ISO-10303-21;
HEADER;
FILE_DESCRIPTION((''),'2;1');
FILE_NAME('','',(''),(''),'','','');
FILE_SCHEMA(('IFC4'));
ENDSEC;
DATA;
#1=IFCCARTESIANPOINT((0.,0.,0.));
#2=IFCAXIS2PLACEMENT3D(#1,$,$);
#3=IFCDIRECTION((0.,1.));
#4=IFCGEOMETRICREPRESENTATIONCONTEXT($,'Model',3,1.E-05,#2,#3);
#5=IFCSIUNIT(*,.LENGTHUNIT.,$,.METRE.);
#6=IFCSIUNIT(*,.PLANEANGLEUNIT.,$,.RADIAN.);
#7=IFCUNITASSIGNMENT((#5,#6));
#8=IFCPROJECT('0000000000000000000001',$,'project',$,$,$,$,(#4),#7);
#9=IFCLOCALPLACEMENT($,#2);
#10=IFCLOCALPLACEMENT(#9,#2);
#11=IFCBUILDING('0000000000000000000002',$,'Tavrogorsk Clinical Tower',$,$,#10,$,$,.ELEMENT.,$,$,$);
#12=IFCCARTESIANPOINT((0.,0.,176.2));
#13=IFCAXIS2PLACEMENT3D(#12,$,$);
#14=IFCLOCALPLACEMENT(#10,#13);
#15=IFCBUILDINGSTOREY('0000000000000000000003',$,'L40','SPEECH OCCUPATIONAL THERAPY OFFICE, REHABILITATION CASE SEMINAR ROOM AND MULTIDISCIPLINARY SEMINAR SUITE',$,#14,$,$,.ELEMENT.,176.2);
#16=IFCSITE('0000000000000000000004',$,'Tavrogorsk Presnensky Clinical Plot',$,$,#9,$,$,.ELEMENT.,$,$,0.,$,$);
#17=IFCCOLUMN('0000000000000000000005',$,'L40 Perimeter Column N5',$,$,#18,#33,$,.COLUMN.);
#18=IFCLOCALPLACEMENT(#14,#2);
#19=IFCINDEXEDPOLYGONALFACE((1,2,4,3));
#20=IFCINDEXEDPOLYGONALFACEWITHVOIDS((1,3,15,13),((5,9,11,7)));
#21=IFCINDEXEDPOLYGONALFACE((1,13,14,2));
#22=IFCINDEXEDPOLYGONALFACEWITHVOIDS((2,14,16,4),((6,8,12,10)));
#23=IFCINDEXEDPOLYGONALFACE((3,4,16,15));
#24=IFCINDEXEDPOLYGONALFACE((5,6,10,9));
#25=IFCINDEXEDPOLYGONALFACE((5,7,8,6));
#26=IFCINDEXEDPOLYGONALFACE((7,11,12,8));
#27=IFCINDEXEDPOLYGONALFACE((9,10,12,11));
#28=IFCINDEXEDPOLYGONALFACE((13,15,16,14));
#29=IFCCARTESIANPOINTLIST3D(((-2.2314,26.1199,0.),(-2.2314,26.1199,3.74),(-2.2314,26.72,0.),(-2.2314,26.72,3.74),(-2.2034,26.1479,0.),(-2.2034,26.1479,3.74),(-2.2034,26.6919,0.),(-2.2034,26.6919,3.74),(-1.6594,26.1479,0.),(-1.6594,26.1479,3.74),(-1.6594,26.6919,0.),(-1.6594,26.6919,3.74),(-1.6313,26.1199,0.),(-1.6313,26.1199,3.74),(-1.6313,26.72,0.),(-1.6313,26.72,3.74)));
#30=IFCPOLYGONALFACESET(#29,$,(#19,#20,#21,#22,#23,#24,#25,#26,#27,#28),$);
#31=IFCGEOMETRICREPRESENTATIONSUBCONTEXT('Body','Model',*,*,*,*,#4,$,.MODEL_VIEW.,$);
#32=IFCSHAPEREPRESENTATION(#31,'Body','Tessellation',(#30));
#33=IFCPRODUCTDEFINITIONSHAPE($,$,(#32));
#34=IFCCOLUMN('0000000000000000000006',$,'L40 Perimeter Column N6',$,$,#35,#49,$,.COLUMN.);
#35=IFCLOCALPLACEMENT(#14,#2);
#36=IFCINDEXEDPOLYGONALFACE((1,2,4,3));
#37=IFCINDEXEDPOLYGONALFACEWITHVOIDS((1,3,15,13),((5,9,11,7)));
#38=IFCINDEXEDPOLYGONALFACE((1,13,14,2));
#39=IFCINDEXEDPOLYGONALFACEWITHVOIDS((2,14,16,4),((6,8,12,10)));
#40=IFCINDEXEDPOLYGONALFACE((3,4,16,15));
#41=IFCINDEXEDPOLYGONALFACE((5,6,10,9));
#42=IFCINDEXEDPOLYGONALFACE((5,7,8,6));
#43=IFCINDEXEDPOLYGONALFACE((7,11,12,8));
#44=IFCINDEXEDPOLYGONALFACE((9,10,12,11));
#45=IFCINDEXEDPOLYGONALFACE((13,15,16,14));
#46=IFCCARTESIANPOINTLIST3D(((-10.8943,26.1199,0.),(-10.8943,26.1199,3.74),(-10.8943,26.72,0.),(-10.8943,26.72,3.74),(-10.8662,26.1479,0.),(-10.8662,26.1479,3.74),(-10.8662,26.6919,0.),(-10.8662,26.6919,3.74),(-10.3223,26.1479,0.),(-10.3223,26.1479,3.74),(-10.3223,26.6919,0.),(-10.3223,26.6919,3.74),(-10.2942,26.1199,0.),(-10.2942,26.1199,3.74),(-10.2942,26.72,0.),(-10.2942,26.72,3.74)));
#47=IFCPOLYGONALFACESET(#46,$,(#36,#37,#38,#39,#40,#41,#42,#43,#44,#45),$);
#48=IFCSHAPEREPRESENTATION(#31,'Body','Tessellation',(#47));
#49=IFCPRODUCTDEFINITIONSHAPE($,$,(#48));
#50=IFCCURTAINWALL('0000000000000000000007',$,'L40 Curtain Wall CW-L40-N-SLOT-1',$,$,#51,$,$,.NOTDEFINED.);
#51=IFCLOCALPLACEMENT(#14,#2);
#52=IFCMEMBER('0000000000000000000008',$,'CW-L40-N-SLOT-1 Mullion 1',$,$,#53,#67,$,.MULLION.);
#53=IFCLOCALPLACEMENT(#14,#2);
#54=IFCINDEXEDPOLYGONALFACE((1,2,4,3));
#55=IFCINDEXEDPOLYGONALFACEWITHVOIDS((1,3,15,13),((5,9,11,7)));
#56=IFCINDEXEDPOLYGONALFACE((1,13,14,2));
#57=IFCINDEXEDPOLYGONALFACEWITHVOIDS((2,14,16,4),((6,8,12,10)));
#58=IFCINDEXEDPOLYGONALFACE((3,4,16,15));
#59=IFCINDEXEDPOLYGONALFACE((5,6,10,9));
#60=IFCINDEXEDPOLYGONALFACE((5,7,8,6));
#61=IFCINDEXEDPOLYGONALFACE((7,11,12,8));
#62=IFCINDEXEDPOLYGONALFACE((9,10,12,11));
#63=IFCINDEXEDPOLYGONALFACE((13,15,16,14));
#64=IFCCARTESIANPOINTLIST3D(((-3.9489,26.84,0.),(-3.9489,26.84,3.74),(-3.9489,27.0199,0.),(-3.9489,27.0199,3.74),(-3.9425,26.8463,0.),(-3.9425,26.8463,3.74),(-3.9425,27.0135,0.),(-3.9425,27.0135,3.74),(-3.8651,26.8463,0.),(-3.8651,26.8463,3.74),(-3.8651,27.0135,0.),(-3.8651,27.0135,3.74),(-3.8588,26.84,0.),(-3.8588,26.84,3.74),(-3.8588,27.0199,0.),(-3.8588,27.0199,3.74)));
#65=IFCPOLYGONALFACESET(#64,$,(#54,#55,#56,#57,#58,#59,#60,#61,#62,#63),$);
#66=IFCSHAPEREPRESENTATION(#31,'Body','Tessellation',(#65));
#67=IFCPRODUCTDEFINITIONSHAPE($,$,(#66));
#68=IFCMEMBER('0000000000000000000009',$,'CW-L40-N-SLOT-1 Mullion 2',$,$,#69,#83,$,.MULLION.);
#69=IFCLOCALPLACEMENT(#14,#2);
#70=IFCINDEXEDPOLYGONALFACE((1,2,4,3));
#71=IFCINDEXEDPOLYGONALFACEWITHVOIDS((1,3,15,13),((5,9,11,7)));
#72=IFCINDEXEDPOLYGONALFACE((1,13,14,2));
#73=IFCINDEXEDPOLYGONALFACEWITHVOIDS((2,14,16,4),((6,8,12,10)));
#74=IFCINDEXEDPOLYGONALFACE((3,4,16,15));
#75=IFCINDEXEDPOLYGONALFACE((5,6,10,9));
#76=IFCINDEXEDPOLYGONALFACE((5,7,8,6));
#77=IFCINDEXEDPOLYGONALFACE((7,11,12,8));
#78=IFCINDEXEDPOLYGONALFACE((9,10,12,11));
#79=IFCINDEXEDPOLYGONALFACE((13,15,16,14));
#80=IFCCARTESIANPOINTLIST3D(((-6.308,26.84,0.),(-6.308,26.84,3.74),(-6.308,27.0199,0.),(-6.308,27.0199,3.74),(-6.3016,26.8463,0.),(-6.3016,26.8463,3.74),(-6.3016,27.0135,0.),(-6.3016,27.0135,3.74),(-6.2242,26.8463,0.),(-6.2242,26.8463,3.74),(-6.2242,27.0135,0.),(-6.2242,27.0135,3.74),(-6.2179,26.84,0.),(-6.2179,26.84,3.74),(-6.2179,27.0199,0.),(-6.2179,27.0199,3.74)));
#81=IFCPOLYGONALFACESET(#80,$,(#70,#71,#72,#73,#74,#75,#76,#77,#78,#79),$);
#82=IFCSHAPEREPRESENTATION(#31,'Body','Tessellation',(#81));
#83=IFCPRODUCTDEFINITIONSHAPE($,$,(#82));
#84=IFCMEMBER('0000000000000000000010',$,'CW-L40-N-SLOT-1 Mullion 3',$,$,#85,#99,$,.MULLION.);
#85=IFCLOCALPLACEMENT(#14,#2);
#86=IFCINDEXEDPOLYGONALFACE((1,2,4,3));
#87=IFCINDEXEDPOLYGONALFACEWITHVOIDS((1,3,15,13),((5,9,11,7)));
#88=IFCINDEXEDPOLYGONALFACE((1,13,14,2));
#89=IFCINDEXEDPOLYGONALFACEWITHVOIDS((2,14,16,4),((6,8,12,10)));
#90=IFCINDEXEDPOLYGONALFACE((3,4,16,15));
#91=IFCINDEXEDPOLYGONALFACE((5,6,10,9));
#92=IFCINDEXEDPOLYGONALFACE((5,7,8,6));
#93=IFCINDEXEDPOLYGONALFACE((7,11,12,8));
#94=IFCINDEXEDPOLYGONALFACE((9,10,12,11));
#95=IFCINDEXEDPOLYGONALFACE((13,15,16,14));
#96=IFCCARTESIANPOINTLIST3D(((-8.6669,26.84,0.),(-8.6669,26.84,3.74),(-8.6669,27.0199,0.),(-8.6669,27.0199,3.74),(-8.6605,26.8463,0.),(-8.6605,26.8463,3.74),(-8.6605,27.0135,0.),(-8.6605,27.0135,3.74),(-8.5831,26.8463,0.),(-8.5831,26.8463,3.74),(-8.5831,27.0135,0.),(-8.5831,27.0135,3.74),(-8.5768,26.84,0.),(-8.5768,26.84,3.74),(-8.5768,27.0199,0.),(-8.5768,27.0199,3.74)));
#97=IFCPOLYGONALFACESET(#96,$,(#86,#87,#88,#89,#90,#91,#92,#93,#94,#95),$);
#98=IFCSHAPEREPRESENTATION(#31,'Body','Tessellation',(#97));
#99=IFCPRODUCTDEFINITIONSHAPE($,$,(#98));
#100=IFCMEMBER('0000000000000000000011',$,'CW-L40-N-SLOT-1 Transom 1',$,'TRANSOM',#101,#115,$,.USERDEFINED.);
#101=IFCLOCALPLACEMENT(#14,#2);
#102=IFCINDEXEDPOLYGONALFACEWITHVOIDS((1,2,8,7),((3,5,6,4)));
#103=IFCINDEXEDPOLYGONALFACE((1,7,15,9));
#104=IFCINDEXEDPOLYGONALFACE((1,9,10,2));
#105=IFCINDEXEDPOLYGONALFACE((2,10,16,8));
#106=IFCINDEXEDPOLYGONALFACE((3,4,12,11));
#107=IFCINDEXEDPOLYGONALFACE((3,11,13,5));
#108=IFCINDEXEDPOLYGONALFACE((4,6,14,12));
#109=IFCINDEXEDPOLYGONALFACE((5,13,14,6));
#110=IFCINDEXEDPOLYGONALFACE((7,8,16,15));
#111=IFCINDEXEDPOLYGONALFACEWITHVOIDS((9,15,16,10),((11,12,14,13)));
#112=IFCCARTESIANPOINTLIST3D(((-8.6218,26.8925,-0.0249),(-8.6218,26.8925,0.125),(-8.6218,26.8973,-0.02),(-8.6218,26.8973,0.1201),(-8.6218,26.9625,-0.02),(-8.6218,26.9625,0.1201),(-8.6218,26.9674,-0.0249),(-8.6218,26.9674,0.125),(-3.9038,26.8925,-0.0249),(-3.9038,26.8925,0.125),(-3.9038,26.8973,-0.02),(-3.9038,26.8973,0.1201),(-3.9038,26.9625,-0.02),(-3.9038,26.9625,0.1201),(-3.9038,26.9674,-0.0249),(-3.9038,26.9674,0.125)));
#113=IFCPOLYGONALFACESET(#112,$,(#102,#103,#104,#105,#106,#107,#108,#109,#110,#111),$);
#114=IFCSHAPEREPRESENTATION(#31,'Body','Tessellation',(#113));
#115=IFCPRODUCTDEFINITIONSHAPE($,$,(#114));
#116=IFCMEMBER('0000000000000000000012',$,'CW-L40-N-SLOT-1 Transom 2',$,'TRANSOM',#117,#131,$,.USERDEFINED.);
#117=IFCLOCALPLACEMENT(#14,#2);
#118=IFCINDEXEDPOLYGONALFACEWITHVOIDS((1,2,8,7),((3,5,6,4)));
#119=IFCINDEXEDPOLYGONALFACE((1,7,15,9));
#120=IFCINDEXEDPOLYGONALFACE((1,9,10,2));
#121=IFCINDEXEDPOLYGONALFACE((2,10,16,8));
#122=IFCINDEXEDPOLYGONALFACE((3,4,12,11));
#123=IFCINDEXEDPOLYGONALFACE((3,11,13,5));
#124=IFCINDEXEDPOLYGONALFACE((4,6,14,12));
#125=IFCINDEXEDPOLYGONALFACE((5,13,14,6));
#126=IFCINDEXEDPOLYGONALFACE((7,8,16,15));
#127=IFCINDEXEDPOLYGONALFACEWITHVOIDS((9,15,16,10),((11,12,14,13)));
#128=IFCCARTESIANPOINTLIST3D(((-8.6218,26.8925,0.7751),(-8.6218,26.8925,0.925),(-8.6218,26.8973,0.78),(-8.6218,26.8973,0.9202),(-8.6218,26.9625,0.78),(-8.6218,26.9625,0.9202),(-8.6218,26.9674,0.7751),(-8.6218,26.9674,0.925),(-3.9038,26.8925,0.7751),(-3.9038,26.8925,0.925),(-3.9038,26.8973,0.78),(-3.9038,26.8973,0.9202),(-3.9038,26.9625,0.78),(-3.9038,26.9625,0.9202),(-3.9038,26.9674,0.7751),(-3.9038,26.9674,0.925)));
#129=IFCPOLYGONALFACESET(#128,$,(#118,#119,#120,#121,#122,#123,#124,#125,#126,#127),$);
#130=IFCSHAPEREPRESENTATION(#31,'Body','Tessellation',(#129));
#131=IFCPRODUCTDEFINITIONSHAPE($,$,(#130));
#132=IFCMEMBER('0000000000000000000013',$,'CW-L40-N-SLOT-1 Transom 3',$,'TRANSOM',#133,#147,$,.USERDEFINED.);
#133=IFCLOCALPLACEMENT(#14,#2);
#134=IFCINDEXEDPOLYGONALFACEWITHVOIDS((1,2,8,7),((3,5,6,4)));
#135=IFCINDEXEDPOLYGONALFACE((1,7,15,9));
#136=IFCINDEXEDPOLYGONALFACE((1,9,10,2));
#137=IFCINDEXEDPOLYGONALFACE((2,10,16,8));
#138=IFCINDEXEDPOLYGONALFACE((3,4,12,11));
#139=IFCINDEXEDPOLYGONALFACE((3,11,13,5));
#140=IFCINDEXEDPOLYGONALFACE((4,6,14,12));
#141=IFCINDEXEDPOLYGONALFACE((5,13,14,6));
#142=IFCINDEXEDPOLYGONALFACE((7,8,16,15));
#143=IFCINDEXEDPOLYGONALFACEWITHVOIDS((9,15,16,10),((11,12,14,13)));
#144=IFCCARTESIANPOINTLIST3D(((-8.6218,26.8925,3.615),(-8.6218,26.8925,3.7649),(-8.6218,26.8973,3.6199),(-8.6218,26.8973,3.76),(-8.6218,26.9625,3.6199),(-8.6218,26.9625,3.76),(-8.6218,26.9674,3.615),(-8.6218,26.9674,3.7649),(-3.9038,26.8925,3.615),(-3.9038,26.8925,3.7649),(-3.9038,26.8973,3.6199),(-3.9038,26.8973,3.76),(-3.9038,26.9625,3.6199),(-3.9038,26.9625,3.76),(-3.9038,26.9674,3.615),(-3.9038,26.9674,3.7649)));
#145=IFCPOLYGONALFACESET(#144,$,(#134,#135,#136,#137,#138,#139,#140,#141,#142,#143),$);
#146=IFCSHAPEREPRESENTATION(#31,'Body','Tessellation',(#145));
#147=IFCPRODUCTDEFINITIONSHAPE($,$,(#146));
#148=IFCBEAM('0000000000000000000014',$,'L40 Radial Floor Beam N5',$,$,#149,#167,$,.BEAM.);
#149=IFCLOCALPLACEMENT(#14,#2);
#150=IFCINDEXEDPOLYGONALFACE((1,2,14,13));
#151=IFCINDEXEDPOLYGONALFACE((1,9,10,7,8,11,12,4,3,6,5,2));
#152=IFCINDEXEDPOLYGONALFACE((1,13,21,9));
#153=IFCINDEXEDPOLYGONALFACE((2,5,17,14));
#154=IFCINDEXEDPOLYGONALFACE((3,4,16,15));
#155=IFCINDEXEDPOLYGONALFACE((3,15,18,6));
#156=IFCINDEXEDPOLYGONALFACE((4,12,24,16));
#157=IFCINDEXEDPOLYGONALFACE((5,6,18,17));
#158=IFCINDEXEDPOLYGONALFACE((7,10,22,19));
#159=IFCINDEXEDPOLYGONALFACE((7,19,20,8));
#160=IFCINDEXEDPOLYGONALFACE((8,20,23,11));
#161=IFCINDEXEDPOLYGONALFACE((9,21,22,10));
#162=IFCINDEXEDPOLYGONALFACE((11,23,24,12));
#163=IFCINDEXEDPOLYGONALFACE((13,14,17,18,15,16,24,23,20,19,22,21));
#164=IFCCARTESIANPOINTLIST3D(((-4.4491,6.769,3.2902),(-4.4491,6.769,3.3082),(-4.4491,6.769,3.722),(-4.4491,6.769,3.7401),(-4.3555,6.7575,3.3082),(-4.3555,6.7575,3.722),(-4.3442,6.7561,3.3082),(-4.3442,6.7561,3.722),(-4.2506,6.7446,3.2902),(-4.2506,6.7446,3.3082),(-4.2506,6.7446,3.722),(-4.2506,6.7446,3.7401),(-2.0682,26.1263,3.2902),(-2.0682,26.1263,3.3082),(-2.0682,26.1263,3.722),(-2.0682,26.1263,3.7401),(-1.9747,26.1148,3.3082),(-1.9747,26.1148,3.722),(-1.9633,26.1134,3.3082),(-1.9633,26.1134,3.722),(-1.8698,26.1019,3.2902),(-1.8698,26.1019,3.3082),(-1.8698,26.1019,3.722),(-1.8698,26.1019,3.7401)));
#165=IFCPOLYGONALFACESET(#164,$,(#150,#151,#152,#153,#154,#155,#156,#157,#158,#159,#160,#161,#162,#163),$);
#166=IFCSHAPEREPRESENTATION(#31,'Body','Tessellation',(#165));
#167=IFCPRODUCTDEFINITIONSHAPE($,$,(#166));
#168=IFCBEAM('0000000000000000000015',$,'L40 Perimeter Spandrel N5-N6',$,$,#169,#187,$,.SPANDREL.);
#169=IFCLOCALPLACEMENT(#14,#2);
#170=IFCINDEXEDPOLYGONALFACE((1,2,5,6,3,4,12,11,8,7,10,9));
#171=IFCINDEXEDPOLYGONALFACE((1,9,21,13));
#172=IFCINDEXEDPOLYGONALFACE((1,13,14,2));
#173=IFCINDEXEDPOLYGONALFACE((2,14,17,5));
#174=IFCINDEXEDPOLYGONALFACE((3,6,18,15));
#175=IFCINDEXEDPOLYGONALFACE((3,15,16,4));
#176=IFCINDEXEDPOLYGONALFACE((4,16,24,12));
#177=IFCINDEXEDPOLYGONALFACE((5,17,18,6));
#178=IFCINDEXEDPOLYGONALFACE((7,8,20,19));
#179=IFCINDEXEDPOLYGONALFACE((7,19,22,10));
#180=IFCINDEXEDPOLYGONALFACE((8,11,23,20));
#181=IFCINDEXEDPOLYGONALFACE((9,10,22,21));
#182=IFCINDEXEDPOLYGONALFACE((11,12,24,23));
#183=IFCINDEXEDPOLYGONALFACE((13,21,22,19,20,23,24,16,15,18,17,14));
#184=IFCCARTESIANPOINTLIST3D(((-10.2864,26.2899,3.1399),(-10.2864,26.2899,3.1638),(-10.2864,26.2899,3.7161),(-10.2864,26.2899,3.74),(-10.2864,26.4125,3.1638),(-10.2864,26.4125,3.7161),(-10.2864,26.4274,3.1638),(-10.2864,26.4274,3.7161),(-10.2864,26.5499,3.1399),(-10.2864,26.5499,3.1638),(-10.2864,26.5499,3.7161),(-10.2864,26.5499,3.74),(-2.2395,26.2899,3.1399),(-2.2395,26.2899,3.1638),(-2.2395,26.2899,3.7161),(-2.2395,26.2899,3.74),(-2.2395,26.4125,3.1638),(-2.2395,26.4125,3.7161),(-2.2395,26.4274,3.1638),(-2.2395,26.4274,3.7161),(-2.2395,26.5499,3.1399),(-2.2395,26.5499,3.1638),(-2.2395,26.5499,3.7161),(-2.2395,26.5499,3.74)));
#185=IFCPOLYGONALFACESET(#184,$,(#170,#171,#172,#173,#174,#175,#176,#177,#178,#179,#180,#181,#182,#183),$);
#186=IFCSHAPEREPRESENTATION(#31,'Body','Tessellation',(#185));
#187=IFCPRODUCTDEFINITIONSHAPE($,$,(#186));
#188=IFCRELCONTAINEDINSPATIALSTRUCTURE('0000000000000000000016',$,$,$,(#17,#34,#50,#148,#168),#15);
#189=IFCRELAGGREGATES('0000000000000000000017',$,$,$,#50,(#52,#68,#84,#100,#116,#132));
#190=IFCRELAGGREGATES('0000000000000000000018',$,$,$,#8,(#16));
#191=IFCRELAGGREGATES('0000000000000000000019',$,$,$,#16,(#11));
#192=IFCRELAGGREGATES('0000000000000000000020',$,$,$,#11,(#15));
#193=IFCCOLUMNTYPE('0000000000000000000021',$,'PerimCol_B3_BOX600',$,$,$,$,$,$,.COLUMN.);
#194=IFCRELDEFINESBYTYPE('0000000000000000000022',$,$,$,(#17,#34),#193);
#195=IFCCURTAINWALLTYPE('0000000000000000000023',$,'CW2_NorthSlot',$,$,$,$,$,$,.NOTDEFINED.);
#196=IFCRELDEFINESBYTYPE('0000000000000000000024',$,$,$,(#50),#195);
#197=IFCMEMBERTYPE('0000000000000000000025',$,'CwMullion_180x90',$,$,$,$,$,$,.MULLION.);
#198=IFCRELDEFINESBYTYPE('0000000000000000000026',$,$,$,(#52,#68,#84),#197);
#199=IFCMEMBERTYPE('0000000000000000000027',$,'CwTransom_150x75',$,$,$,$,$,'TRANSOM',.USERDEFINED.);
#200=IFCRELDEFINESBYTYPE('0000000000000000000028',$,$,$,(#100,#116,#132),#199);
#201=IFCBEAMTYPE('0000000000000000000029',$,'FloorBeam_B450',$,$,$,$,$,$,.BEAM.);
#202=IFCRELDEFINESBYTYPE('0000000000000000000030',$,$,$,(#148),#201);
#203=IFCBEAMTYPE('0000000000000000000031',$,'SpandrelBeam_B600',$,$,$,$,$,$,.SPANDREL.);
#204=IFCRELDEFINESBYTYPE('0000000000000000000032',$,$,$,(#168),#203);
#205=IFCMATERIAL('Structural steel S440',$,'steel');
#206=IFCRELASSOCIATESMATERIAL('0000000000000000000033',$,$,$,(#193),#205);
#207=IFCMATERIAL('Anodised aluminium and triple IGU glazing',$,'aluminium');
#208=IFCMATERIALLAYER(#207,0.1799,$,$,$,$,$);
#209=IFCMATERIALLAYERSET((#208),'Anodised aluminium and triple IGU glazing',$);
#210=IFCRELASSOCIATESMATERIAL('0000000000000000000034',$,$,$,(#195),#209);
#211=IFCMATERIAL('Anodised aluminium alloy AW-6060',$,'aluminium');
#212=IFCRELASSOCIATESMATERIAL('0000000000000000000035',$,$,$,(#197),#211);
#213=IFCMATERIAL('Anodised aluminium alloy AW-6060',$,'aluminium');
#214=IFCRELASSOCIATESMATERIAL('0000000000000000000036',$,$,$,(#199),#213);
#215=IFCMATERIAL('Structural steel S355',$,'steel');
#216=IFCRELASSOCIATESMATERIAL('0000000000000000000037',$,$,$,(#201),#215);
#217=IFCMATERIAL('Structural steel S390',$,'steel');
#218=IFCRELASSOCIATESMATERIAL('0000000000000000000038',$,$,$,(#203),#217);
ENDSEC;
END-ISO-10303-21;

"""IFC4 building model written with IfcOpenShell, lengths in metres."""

from ifc_helpers import new_model, si_unit, direction, frame, origin, origin_2d, place, context, subcontext, project, spatial, hollow_rectangle, i_section, extrude, material, layer, layer_set, material_profile, profile_set, type_object, element, aggregate, save


model = new_model("IFC4")

# Units and contexts
model_context = context("Model", 3, precision=1e-05, world=origin(), true_north=direction((0.0, 1.0)))
body_context = subcontext(model_context, "Body", "Model", "MODEL_VIEW")
ifc_project = project(units=[si_unit("LENGTHUNIT", "METRE"), si_unit("PLANEANGLEUNIT", "RADIAN")], contexts=[model_context])

# Site, building, storey
site_placement = place(None, origin())
site = spatial("IfcSite", under=ifc_project, at=site_placement, Name="Tavrogorsk Presnensky Clinical Plot", CompositionType="ELEMENT", RefElevation=0.0)
building_placement = place(site_placement, origin())
building = spatial("IfcBuilding", under=site, at=building_placement, Name="Tavrogorsk Clinical Tower", CompositionType="ELEMENT")
storey_placement = place(building_placement, frame((0.0, 0.0, 176.2)))
storey = spatial("IfcBuildingStorey", under=building, at=storey_placement, Name="L40", Description="SPEECH OCCUPATIONAL THERAPY OFFICE, REHABILITATION CASE SEMINAR ROOM AND MULTIDISCIPLINARY SEMINAR SUITE", CompositionType="ELEMENT", Elevation=176.2)

# Columns
ifc_material_1 = material(Name="Structural steel S440", Category="steel")
ifc_material_profile_1 = material_profile(ifc_material_1, hollow_rectangle(XDim=0.6001, YDim=0.6001, WallThickness=0.0281, at=origin_2d()), Name="BOX-600x600x28")
ifc_profile_set_1 = profile_set([ifc_material_profile_1], Name="Structural steel S440")
column_type = type_object("IfcColumnType", Name="PerimCol_B3_BOX600", PredefinedType="COLUMN", material=ifc_profile_set_1)
for number, where, z_axis, x_axis, name in (
    (1, (-1.9314, 26.4199, 0.0), (0.0, 0.0, 1.0), (1.0, 0.0, 0.0), "L40 Perimeter Column N5"),
    (2, (-10.5942, 26.4199, 0.0), (0.0, 0.0, 1.0), (1.0, 0.0, 0.0), "L40 Perimeter Column N6"),
):
    element("IfcColumn", number, at=place(storey_placement, frame(where, z_axis=z_axis, x_axis=x_axis)), inside=storey, type_object=column_type, Name=name, PredefinedType="COLUMN", context=body_context, shape_type="SweptSolid", body=[
        extrude(hollow_rectangle(XDim=0.6001, YDim=0.6001, WallThickness=0.0281, at=origin_2d()), origin(), (0.0, 0.0, 1.0), 3.74),
    ])

# Curtain wall, members
ifc_material_2 = material(Name="Anodised aluminium and triple IGU glazing", Category="aluminium")
ifc_layer_1 = layer(ifc_material_2, 0.1799)
ifc_layer_set_1 = layer_set([ifc_layer_1], Name="Anodised aluminium and triple IGU glazing")
curtain_wall_type = type_object("IfcCurtainWallType", Name="CW2_NorthSlot", PredefinedType="NOTDEFINED", material=ifc_layer_set_1)
curtain_wall_placement = place(storey_placement, origin())
curtain_wall = element("IfcCurtainWall", 3, at=curtain_wall_placement, inside=storey, type_object=curtain_wall_type, Name="L40 Curtain Wall CW-L40-N-SLOT-1", PredefinedType="NOTDEFINED")
ifc_material_3 = material(Name="Anodised aluminium alloy AW-6060", Category="aluminium")
ifc_material_profile_2 = material_profile(ifc_material_3, hollow_rectangle(XDim=0.0901, YDim=0.1799, WallThickness=0.0063, at=origin_2d()), Name="RHS-180x90x6.3")
ifc_profile_set_2 = profile_set([ifc_material_profile_2], Name="Anodised aluminium alloy AW-6060")
member_type_1 = type_object("IfcMemberType", Name="CwMullion_180x90", PredefinedType="MULLION", material=ifc_profile_set_2)
member_1_placement = place(storey_placement, frame((-3.9038, 26.9299, 0.0), z_axis=(0.0, 0.0, 1.0), x_axis=(-1.0, 0.0, 0.0)))
member_1 = element("IfcMember", 4, at=member_1_placement, type_object=member_type_1, Name="CW-L40-N-SLOT-1 Mullion 1", PredefinedType="MULLION", context=body_context, shape_type="SweptSolid", body=[
    extrude(hollow_rectangle(XDim=0.0901, YDim=0.1799, WallThickness=0.0063, at=origin_2d()), origin(), (0.0, 0.0, 1.0), 3.74),
])
member_2_placement = place(storey_placement, frame((-6.2629, 26.9299, 0.0), z_axis=(0.0, 0.0, 1.0), x_axis=(-1.0, 0.0, 0.0)))
member_2 = element("IfcMember", 5, at=member_2_placement, type_object=member_type_1, Name="CW-L40-N-SLOT-1 Mullion 2", PredefinedType="MULLION", context=body_context, shape_type="SweptSolid", body=[
    extrude(hollow_rectangle(XDim=0.0901, YDim=0.1799, WallThickness=0.0063, at=origin_2d()), origin(), (0.0, 0.0, 1.0), 3.74),
])
member_3_placement = place(storey_placement, frame((-8.6218, 26.9299, 0.0), z_axis=(0.0, 0.0, 1.0), x_axis=(-1.0, 0.0, 0.0)))
member_3 = element("IfcMember", 6, at=member_3_placement, type_object=member_type_1, Name="CW-L40-N-SLOT-1 Mullion 3", PredefinedType="MULLION", context=body_context, shape_type="SweptSolid", body=[
    extrude(hollow_rectangle(XDim=0.0901, YDim=0.1799, WallThickness=0.0063, at=origin_2d()), origin(), (0.0, 0.0, 1.0), 3.74),
])
ifc_material_4 = material(Name="Anodised aluminium alloy AW-6060", Category="aluminium")
ifc_material_profile_3 = material_profile(ifc_material_4, hollow_rectangle(XDim=0.075, YDim=0.1499, WallThickness=0.0049, at=origin_2d()), Name="RHS-150x75x5")
ifc_profile_set_3 = profile_set([ifc_material_profile_3], Name="Anodised aluminium alloy AW-6060")
member_type_2 = type_object("IfcMemberType", Name="CwTransom_150x75", ElementType="TRANSOM", PredefinedType="USERDEFINED", material=ifc_profile_set_3)
member_4_placement = place(storey_placement, frame((-3.9038, 26.9299, 0.05), z_axis=(-1.0, 0.0, 0.0), x_axis=(0.0, -1.0, 0.0)))
member_4 = element("IfcMember", 7, at=member_4_placement, type_object=member_type_2, Name="CW-L40-N-SLOT-1 Transom 1", ObjectType="TRANSOM", PredefinedType="USERDEFINED", context=body_context, shape_type="SweptSolid", body=[
    extrude(hollow_rectangle(XDim=0.075, YDim=0.1499, WallThickness=0.0049, at=origin_2d()), origin(), (0.0, 0.0, 1.0), 4.718),
])
member_5_placement = place(storey_placement, frame((-3.9038, 26.9299, 0.8501), z_axis=(-1.0, 0.0, 0.0), x_axis=(0.0, -1.0, 0.0)))
member_5 = element("IfcMember", 8, at=member_5_placement, type_object=member_type_2, Name="CW-L40-N-SLOT-1 Transom 2", ObjectType="TRANSOM", PredefinedType="USERDEFINED", context=body_context, shape_type="SweptSolid", body=[
    extrude(hollow_rectangle(XDim=0.075, YDim=0.1499, WallThickness=0.0049, at=origin_2d()), origin(), (0.0, 0.0, 1.0), 4.718),
])
member_6_placement = place(storey_placement, frame((-3.9038, 26.9299, 3.6899), z_axis=(-1.0, 0.0, 0.0), x_axis=(0.0, -1.0, 0.0)))
member_6 = element("IfcMember", 9, at=member_6_placement, type_object=member_type_2, Name="CW-L40-N-SLOT-1 Transom 3", ObjectType="TRANSOM", PredefinedType="USERDEFINED", context=body_context, shape_type="SweptSolid", body=[
    extrude(hollow_rectangle(XDim=0.075, YDim=0.1499, WallThickness=0.0049, at=origin_2d()), origin(), (0.0, 0.0, 1.0), 4.718),
])

# Beams
ifc_material_5 = material(Name="Structural steel S355", Category="steel")
ifc_material_profile_4 = material_profile(ifc_material_5, i_section(OverallWidth=0.2, OverallDepth=0.45, WebThickness=0.0115, FlangeThickness=0.0181, at=origin_2d()), Name="B-450x200x11.5x18")
ifc_profile_set_4 = profile_set([ifc_material_profile_4], Name="Structural steel S355")
beam_type_1 = type_object("IfcBeamType", Name="FloorBeam_B450", PredefinedType="BEAM", material=ifc_profile_set_4)
beam_placement = place(storey_placement, frame((-4.3499, 6.7568, 3.5151), z_axis=(0.122075, 0.992521, 0.0), x_axis=(-0.992521, 0.122075, 0.0)))
element("IfcBeam", 10, at=beam_placement, inside=storey, type_object=beam_type_1, Name="L40 Radial Floor Beam N5", PredefinedType="BEAM", context=body_context, shape_type="SweptSolid", body=[
    extrude(i_section(OverallWidth=0.2, OverallDepth=0.45, WebThickness=0.0115, FlangeThickness=0.0181, at=origin_2d()), origin(), (0.0, 0.0, 1.0), 19.5032),
])
ifc_material_6 = material(Name="Structural steel S390", Category="steel")
ifc_material_profile_5 = material_profile(ifc_material_6, i_section(OverallWidth=0.26, OverallDepth=0.6001, WebThickness=0.0149, FlangeThickness=0.0239, at=origin_2d()), Name="B-600x260x15x24")
ifc_profile_set_5 = profile_set([ifc_material_profile_5], Name="Structural steel S390")
beam_type_2 = type_object("IfcBeamType", Name="SpandrelBeam_B600", PredefinedType="SPANDREL", material=ifc_profile_set_5)
for number, where, z_axis, x_axis, name in (
    (11, (-2.2395, 26.4199, 3.4399), (-1.0, 0.0, 0.0), (0.0, -1.0, 0.0), "L40 Perimeter Spandrel N5-N6"),
):
    element("IfcBeam", number, at=place(storey_placement, frame(where, z_axis=z_axis, x_axis=x_axis)), inside=storey, type_object=beam_type_2, Name=name, PredefinedType="SPANDREL", context=body_context, shape_type="SweptSolid", body=[
        extrude(i_section(OverallWidth=0.26, OverallDepth=0.6001, WebThickness=0.0149, FlangeThickness=0.0239, at=origin_2d()), origin(), (0.0, 0.0, 1.0), 8.0469),
    ])

aggregate(curtain_wall, [member_1, member_2, member_3, member_4, member_5, member_6])

save(model, "model.ifc")
